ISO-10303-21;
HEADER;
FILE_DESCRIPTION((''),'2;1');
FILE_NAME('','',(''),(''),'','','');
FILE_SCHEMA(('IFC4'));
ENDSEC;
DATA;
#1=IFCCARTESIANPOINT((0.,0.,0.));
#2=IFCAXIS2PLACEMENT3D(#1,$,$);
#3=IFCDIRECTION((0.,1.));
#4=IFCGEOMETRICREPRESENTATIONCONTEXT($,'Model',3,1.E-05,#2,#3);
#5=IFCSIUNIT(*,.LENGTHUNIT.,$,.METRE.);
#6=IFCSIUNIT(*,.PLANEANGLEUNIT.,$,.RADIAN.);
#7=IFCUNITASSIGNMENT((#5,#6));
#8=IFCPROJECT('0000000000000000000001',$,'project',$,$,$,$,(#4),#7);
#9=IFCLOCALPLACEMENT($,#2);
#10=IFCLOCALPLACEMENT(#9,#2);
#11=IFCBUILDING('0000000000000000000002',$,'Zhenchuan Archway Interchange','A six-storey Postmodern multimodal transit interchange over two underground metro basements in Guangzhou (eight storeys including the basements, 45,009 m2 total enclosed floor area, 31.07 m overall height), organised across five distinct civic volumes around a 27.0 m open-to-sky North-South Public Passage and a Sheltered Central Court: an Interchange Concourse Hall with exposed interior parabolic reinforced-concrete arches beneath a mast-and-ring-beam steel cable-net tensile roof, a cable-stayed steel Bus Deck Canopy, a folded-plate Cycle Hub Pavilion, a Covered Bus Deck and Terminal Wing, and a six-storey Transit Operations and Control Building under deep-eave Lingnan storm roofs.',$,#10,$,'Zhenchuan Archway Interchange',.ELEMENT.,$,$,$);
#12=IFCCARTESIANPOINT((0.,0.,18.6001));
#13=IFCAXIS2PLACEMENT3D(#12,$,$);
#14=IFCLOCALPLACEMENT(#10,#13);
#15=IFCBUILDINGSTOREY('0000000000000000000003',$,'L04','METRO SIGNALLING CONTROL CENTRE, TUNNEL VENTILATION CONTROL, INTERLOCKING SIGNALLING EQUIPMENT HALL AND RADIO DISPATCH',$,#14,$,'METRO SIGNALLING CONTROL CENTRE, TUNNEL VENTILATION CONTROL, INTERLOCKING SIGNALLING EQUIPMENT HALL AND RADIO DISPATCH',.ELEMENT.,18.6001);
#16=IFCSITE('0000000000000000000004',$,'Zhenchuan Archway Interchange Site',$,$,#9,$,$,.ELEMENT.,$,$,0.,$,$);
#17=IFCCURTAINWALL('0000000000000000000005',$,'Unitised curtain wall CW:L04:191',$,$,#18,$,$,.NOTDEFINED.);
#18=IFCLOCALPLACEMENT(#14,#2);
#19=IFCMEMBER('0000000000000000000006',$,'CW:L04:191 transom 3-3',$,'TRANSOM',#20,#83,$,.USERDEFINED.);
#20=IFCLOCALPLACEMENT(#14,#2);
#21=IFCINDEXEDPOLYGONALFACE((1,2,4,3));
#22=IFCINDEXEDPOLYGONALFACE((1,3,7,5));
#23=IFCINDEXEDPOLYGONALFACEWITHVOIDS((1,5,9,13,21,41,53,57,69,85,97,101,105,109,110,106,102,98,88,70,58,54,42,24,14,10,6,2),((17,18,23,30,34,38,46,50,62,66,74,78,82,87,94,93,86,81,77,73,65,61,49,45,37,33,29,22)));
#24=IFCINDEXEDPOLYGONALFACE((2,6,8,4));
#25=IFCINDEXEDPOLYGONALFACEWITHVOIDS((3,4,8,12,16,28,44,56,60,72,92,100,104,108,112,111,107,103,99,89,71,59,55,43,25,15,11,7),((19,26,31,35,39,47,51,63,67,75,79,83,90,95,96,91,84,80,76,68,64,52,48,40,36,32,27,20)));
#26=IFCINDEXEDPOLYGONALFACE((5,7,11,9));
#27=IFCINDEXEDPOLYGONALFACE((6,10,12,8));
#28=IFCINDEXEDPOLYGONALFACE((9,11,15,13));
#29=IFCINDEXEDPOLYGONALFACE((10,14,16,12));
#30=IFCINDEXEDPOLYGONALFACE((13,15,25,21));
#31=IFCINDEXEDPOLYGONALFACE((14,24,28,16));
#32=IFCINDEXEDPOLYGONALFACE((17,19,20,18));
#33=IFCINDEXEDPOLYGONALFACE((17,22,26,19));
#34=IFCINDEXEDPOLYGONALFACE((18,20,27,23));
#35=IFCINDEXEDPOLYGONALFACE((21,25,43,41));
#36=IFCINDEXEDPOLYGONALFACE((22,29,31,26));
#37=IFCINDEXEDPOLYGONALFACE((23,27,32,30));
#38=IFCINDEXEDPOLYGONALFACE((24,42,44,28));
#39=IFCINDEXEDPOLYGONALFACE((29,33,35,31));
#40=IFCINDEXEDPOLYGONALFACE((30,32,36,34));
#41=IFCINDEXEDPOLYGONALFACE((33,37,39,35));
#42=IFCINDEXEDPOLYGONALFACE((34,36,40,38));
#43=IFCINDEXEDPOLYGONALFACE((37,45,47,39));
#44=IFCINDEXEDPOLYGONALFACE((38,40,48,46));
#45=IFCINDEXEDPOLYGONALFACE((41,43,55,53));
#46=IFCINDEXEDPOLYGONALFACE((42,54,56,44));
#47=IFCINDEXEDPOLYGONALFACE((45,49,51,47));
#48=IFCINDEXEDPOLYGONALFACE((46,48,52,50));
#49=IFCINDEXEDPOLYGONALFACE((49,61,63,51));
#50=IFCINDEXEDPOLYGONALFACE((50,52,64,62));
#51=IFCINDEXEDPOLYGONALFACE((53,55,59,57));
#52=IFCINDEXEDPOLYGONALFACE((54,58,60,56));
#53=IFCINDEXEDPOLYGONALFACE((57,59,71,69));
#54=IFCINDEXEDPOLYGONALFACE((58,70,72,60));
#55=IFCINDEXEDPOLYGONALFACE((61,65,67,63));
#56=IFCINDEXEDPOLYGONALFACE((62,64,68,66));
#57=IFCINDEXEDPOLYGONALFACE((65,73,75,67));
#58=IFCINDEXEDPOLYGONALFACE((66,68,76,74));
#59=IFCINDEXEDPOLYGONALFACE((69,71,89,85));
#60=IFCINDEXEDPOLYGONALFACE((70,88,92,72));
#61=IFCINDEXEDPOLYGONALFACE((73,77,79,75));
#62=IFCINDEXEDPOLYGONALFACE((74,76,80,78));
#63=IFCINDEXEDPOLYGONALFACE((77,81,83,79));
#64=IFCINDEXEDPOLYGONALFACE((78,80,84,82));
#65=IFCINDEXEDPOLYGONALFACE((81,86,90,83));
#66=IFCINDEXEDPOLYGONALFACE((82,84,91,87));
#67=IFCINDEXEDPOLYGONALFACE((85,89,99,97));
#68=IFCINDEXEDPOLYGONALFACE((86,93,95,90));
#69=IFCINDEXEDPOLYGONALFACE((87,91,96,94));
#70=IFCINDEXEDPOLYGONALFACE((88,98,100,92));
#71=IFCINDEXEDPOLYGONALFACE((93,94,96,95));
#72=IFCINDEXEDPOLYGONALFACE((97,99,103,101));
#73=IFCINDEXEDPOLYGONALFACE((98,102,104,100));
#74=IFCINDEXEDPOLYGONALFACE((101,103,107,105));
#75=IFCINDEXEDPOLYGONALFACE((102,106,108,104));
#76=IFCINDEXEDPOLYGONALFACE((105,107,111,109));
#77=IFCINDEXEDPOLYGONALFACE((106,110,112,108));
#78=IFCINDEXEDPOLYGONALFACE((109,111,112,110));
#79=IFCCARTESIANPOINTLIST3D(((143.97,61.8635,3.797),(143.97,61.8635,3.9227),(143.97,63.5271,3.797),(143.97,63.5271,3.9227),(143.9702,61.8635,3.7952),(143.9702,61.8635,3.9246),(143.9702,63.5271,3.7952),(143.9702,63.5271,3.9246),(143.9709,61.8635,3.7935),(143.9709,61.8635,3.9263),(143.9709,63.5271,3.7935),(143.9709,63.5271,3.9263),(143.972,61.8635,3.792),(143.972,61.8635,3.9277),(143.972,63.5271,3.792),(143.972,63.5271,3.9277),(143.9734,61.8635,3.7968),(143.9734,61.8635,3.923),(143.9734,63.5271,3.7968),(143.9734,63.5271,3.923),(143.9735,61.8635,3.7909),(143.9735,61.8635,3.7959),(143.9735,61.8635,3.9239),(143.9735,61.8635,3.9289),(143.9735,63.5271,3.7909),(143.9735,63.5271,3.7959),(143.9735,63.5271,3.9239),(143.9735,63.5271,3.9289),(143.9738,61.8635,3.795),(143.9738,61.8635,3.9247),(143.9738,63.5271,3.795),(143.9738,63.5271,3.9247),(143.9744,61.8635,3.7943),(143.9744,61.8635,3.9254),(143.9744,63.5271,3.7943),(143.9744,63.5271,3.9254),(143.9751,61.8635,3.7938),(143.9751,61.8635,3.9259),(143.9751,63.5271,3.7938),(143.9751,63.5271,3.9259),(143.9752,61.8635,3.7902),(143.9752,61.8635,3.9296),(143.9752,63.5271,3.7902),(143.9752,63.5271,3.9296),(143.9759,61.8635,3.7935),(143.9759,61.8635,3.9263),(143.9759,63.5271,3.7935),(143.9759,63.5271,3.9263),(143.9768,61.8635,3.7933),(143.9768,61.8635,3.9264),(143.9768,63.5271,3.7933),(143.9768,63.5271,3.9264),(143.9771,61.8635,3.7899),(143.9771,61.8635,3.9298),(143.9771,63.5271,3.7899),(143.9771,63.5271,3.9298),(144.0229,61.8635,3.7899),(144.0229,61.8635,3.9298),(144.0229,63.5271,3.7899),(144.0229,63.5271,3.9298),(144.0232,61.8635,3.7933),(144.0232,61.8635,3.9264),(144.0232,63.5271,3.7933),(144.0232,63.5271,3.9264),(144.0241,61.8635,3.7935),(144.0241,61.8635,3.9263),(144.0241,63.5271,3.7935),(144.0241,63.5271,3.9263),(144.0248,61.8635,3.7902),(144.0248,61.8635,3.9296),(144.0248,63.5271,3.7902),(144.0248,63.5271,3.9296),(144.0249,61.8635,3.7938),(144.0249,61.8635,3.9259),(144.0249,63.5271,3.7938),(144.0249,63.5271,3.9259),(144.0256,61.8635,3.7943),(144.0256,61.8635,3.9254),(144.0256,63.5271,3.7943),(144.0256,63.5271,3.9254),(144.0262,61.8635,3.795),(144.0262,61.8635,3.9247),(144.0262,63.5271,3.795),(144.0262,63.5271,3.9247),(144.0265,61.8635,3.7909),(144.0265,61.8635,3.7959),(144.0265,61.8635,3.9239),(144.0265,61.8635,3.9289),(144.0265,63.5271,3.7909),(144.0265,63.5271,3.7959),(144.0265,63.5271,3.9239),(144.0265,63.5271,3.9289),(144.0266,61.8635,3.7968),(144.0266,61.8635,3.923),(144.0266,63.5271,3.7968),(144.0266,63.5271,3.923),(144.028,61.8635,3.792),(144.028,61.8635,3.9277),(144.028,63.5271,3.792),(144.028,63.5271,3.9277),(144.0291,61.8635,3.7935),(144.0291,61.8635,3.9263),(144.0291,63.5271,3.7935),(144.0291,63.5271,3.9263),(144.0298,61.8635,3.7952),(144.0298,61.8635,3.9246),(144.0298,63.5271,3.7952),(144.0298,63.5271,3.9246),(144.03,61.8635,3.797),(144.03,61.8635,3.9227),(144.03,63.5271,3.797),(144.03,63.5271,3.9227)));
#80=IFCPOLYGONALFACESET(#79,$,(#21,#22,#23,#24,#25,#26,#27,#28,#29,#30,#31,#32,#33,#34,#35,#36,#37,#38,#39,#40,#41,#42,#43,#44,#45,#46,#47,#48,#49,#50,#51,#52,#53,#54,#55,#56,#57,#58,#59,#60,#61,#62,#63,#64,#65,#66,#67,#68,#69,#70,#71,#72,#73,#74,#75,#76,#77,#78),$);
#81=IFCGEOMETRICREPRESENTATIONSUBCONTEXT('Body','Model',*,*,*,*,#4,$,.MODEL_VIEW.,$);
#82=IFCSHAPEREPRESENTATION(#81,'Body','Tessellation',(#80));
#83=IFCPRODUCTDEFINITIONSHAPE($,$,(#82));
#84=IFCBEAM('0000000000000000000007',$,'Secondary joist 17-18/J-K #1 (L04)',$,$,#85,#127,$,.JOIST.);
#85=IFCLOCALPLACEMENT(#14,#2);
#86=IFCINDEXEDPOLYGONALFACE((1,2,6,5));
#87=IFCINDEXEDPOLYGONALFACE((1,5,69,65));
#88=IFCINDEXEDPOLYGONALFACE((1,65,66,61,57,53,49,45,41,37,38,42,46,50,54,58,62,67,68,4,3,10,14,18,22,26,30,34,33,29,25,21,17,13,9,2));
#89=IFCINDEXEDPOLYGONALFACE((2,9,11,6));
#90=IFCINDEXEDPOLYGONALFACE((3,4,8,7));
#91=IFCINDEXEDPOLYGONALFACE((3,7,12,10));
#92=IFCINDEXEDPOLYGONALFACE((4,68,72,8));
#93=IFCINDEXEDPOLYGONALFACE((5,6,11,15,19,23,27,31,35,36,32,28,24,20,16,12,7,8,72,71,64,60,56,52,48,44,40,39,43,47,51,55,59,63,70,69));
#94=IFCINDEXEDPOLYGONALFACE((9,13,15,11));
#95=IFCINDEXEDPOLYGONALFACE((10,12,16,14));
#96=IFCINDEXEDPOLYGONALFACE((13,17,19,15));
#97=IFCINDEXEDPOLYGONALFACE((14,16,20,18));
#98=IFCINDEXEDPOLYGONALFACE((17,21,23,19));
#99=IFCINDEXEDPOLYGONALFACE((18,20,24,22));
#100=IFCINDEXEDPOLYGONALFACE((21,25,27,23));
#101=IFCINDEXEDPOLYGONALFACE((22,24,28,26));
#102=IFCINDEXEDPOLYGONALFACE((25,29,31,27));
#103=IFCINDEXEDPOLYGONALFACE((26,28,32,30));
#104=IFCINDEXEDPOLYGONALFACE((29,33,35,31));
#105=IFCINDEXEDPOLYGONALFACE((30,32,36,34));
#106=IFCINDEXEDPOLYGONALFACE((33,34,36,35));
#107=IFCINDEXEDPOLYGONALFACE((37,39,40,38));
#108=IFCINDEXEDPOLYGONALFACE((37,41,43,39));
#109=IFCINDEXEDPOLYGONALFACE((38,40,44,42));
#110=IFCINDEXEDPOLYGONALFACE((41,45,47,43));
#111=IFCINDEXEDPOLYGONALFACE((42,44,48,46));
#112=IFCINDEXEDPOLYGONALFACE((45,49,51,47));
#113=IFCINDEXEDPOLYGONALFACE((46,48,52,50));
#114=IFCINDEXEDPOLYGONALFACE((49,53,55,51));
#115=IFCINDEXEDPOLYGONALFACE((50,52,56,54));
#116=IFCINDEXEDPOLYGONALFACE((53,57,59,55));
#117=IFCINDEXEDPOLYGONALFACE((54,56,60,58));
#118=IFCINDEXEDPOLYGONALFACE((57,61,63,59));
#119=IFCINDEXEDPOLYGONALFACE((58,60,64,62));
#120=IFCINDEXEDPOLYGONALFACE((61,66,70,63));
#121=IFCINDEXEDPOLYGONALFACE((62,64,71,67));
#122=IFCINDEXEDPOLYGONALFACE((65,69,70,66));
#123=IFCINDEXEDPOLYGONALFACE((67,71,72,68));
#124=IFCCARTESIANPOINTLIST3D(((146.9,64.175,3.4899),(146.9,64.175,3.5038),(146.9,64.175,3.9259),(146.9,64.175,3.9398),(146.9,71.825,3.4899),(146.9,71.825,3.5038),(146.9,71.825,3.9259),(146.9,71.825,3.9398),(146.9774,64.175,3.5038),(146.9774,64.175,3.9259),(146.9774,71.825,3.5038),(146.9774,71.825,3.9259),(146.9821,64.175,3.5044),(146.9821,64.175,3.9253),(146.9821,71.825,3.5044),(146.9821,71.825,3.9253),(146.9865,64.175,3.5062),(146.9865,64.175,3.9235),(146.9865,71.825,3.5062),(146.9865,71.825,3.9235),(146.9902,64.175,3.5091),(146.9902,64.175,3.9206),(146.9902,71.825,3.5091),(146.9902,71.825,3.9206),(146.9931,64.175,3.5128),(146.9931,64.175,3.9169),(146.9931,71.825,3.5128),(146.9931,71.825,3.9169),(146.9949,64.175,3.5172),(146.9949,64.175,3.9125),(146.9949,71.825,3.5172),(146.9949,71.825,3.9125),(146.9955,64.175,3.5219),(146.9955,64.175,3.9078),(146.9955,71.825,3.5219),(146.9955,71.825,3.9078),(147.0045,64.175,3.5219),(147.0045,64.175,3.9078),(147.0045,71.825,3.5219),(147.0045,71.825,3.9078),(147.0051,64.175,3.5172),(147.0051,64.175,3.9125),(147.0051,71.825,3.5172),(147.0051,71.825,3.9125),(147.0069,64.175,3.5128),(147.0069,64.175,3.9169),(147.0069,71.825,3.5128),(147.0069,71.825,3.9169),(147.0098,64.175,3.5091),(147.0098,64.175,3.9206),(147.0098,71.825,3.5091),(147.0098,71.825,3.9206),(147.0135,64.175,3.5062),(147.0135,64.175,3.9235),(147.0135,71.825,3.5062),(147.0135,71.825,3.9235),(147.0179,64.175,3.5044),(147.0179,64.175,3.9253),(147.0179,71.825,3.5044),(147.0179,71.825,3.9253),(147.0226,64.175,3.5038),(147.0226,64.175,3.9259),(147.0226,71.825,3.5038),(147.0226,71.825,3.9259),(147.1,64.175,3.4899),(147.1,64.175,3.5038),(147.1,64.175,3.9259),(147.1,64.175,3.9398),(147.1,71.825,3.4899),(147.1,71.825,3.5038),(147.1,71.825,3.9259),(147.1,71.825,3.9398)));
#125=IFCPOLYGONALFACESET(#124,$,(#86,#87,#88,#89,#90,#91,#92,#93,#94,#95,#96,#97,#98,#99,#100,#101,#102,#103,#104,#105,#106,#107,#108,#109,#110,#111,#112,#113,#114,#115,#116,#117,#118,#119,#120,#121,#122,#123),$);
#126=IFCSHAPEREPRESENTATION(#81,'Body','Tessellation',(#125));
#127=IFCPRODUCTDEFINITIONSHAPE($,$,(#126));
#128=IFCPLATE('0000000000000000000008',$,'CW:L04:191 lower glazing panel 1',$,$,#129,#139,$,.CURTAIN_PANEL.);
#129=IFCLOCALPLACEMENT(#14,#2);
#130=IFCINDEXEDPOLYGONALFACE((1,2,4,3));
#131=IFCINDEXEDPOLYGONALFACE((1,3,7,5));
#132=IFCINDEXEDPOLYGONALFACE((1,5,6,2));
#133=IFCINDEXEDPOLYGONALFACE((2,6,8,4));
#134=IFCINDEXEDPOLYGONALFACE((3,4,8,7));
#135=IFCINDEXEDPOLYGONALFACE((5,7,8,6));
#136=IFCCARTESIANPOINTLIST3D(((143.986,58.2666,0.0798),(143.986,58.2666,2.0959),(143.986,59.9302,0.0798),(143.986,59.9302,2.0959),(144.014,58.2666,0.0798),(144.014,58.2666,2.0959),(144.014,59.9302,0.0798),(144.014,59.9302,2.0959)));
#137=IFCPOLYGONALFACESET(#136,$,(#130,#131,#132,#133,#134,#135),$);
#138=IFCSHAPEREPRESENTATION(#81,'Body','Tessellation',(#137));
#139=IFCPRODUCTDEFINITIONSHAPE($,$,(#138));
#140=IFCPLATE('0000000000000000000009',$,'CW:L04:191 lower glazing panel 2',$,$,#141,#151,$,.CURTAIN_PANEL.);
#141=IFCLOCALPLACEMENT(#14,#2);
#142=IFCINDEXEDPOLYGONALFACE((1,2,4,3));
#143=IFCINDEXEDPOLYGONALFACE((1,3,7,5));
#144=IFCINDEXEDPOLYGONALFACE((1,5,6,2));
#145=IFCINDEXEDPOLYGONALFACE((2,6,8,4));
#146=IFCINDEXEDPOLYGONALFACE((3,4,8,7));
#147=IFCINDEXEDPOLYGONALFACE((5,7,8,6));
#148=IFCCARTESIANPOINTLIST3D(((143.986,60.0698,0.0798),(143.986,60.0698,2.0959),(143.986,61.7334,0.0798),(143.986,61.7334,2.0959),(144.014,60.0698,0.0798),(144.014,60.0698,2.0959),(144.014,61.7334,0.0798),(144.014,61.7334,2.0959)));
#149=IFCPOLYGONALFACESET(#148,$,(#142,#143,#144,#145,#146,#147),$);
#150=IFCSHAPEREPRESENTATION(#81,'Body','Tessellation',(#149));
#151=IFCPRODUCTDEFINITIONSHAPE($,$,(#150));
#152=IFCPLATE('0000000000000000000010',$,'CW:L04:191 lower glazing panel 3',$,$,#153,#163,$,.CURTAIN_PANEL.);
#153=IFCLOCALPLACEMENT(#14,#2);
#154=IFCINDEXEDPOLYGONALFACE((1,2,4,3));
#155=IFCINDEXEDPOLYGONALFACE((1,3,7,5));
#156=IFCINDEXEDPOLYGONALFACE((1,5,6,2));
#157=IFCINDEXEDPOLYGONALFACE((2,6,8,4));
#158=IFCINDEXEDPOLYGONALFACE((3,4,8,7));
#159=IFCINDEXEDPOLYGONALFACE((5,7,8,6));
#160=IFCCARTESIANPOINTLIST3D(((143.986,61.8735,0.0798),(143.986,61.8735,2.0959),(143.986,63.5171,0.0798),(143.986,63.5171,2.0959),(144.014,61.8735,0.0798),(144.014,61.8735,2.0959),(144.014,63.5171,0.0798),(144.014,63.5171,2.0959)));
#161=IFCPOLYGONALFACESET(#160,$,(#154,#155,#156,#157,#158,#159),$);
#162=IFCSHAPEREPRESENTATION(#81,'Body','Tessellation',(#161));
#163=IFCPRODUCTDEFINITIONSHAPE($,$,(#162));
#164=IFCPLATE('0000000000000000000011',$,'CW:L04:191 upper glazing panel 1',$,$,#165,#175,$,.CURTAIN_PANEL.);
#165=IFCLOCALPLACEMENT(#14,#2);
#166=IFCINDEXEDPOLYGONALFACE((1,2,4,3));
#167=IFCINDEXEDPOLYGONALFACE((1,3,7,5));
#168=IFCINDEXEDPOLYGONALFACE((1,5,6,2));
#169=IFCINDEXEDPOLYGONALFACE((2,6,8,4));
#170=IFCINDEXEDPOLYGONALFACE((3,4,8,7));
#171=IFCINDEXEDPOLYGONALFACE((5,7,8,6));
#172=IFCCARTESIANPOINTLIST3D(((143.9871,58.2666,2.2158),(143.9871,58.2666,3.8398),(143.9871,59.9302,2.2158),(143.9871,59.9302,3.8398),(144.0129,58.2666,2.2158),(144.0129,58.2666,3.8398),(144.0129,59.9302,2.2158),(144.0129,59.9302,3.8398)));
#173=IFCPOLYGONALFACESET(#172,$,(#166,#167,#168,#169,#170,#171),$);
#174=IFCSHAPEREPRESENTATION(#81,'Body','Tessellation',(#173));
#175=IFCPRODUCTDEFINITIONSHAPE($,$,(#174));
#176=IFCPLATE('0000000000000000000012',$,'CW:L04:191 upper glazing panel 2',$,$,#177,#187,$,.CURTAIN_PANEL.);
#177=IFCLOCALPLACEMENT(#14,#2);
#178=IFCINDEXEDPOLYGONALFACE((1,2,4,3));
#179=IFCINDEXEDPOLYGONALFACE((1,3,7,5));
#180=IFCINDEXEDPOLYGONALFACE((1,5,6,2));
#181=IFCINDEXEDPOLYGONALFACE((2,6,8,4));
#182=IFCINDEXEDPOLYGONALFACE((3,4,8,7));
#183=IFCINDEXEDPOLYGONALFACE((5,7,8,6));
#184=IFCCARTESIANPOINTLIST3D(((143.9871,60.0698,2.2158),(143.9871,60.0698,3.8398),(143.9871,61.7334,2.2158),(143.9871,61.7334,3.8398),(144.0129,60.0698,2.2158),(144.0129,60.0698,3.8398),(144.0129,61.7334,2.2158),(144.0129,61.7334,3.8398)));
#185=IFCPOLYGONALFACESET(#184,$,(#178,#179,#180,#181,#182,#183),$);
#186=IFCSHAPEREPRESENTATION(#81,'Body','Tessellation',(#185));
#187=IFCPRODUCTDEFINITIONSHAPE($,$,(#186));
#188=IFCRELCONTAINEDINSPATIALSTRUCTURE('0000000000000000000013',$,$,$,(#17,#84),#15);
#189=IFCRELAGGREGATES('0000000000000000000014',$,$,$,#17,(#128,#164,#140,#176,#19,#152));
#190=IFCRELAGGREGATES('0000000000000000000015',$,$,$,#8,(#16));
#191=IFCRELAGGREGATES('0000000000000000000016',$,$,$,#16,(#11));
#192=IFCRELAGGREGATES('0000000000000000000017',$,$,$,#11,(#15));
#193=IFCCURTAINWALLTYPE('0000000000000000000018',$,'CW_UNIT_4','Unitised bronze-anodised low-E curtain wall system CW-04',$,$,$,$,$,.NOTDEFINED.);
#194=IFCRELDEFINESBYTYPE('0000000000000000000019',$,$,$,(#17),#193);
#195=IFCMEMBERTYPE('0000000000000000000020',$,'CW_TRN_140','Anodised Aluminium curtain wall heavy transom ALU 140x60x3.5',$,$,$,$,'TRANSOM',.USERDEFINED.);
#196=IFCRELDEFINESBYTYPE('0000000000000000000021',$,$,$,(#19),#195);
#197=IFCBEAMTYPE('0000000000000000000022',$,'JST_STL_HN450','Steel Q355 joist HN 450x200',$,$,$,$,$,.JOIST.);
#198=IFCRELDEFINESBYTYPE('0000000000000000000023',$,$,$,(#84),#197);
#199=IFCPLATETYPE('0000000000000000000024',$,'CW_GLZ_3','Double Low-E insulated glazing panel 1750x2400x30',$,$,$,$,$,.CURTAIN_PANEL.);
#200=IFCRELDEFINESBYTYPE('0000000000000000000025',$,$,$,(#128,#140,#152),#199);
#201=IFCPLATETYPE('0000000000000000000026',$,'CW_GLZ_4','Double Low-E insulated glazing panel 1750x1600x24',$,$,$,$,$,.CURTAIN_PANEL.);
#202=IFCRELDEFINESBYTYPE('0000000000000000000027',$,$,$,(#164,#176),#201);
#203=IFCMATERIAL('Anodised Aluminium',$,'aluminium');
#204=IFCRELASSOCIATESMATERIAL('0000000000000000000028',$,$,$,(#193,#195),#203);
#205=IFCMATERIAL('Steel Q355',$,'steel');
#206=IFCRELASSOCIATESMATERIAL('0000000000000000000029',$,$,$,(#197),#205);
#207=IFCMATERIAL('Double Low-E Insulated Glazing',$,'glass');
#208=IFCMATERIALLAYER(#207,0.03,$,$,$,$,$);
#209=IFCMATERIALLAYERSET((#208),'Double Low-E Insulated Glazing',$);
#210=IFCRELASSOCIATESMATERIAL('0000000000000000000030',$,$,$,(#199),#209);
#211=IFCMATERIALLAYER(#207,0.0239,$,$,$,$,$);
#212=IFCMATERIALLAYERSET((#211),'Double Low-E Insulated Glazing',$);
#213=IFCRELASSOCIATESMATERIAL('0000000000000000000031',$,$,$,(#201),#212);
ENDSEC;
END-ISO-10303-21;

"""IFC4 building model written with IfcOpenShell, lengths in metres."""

from ifc_helpers import new_model, si_unit, direction, frame, origin, origin_2d, place, context, subcontext, project, spatial, rectangle, hollow_rectangle, i_section, extrude, material, layer, layer_set, material_profile, profile_set, type_object, element, aggregate, save


model = new_model("IFC4")

# Units and contexts
model_context = context("Model", 3, precision=1e-05, world=origin(), true_north=direction((0.0, 1.0)))
body_context = subcontext(model_context, "Body", "Model", "MODEL_VIEW")
ifc_project = project(units=[si_unit("LENGTHUNIT", "METRE"), si_unit("PLANEANGLEUNIT", "RADIAN")], contexts=[model_context])

# Site, building, storey
site_placement = place(None, origin())
site = spatial("IfcSite", under=ifc_project, at=site_placement, Name="Zhenchuan Archway Interchange Site", CompositionType="ELEMENT", RefElevation=0.0)
building_placement = place(site_placement, origin())
building = spatial("IfcBuilding", under=site, at=building_placement, Name="Zhenchuan Archway Interchange", Description="A six-storey Postmodern multimodal transit interchange over two underground metro basements in Guangzhou (eight storeys including the basements, 45,009 m2 total enclosed floor area, 31.07 m overall height), organised across five distinct civic volumes around a 27.0 m open-to-sky North-South Public Passage and a Sheltered Central Court: an Interchange Concourse Hall with exposed interior parabolic reinforced-concrete arches beneath a mast-and-ring-beam steel cable-net tensile roof, a cable-stayed steel Bus Deck Canopy, a folded-plate Cycle Hub Pavilion, a Covered Bus Deck and Terminal Wing, and a six-storey Transit Operations and Control Building under deep-eave Lingnan storm roofs.", LongName="Zhenchuan Archway Interchange", CompositionType="ELEMENT")
storey_placement = place(building_placement, frame((0.0, 0.0, 18.6001)))
storey = spatial("IfcBuildingStorey", under=building, at=storey_placement, Name="L04", Description="METRO SIGNALLING CONTROL CENTRE, TUNNEL VENTILATION CONTROL, INTERLOCKING SIGNALLING EQUIPMENT HALL AND RADIO DISPATCH", LongName="METRO SIGNALLING CONTROL CENTRE, TUNNEL VENTILATION CONTROL, INTERLOCKING SIGNALLING EQUIPMENT HALL AND RADIO DISPATCH", CompositionType="ELEMENT", Elevation=18.6001)

# Curtain wall, member
ifc_material_1 = material(Name="Anodised Aluminium", Category="aluminium")
curtain_wall_type = type_object("IfcCurtainWallType", Name="CW_UNIT_4", Description="Unitised bronze-anodised low-E curtain wall system CW-04", PredefinedType="NOTDEFINED", material=ifc_material_1)
curtain_wall_placement = place(storey_placement, origin())
curtain_wall = element("IfcCurtainWall", 1, at=curtain_wall_placement, inside=storey, type_object=curtain_wall_type, Name="Unitised curtain wall CW:L04:191", PredefinedType="NOTDEFINED")
ifc_material_profile_1 = material_profile(ifc_material_1, hollow_rectangle(XDim=0.0601, YDim=0.1399, WallThickness=0.0034, InnerFilletRadius=0.0034, OuterFilletRadius=0.0071, at=origin_2d()), Name="ALU 140x60x3.5")
ifc_profile_set_1 = profile_set([ifc_material_profile_1], Name="Anodised Aluminium")
member_type_1 = type_object("IfcMemberType", Name="CW_TRN_140", Description="Anodised Aluminium curtain wall heavy transom ALU 140x60x3.5", ElementType="TRANSOM", PredefinedType="USERDEFINED", material=ifc_profile_set_1)
member_1_placement = place(storey_placement, frame((144.0, 61.8635, 3.8599), z_axis=(0.0, 1.0, 0.0), x_axis=(-1.0, 0.0, 0.0)))
member_1 = element("IfcMember", 2, at=member_1_placement, type_object=member_type_1, Name="CW:L04:191 transom 3-3", ObjectType="TRANSOM", PredefinedType="USERDEFINED", context=body_context, shape_type="SweptSolid", body=[
    extrude(hollow_rectangle(XDim=0.0601, YDim=0.1399, WallThickness=0.0034, InnerFilletRadius=0.0034, OuterFilletRadius=0.0071, at=origin_2d()), origin(), (0.0, 0.0, 1.0), 1.6636),
])

# Beam
ifc_material_2 = material(Name="Steel Q355", Category="steel")
ifc_material_profile_2 = material_profile(ifc_material_2, i_section(OverallWidth=0.2, OverallDepth=0.45, WebThickness=0.009, FlangeThickness=0.0139, FilletRadius=0.0181, at=origin_2d()), Name="HN 450x200")
ifc_profile_set_2 = profile_set([ifc_material_profile_2], Name="Steel Q355")
beam_type_1 = type_object("IfcBeamType", Name="JST_STL_HN450", Description="Steel Q355 joist HN 450x200", PredefinedType="JOIST", material=ifc_profile_set_2)
beam_1_placement = place(storey_placement, frame((147.0, 64.175, 3.7148), z_axis=(0.0, 1.0, 0.0), x_axis=(-1.0, 0.0, 0.0)))
element("IfcBeam", 3, at=beam_1_placement, inside=storey, type_object=beam_type_1, Name="Secondary joist 17-18/J-K #1 (L04)", PredefinedType="JOIST", context=body_context, shape_type="SweptSolid", body=[
    extrude(i_section(OverallWidth=0.2, OverallDepth=0.45, WebThickness=0.009, FlangeThickness=0.0139, FilletRadius=0.0181, at=origin_2d()), origin(), (0.0, 0.0, 1.0), 7.6499),
])

# Plates
ifc_material_3 = material(Name="Double Low-E Insulated Glazing", Category="glass")
ifc_layer_1 = layer(ifc_material_3, 0.03)
ifc_layer_set_1 = layer_set([ifc_layer_1], Name="Double Low-E Insulated Glazing")
plate_type_1 = type_object("IfcPlateType", Name="CW_GLZ_3", Description="Double Low-E insulated glazing panel 1750x2400x30", PredefinedType="CURTAIN_PANEL", material=ifc_layer_set_1)
plate_1_placement = place(storey_placement, frame((144.0, 59.0984, 0.0798), z_axis=(0.0, 0.0, 1.0), x_axis=(0.0, 1.0, 0.0)))
plate_1 = element("IfcPlate", 4, at=plate_1_placement, type_object=plate_type_1, Name="CW:L04:191 lower glazing panel 1", PredefinedType="CURTAIN_PANEL", context=body_context, shape_type="SweptSolid", body=[
    extrude(rectangle(XDim=1.6636, YDim=0.0281, at=origin_2d()), origin(), (0.0, 0.0, 1.0), 2.0161),
])
plate_2_placement = place(storey_placement, frame((144.0, 60.9016, 0.0798), z_axis=(0.0, 0.0, 1.0), x_axis=(0.0, 1.0, 0.0)))
plate_2 = element("IfcPlate", 5, at=plate_2_placement, type_object=plate_type_1, Name="CW:L04:191 lower glazing panel 2", PredefinedType="CURTAIN_PANEL", context=body_context, shape_type="SweptSolid", body=[
    extrude(rectangle(XDim=1.6636, YDim=0.0281, at=origin_2d()), origin(), (0.0, 0.0, 1.0), 2.0161),
])
plate_3_placement = place(storey_placement, frame((144.0, 62.6953, 0.0798), z_axis=(0.0, 0.0, 1.0), x_axis=(0.0, 1.0, 0.0)))
plate_3 = element("IfcPlate", 6, at=plate_3_placement, type_object=plate_type_1, Name="CW:L04:191 lower glazing panel 3", PredefinedType="CURTAIN_PANEL", context=body_context, shape_type="SweptSolid", body=[
    extrude(rectangle(XDim=1.6436, YDim=0.0281, at=origin_2d()), origin(), (0.0, 0.0, 1.0), 2.0161),
])
ifc_layer_2 = layer(ifc_material_3, 0.0239)
ifc_layer_set_2 = layer_set([ifc_layer_2], Name="Double Low-E Insulated Glazing")
plate_type_2 = type_object("IfcPlateType", Name="CW_GLZ_4", Description="Double Low-E insulated glazing panel 1750x1600x24", PredefinedType="CURTAIN_PANEL", material=ifc_layer_set_2)
plate_4_placement = place(storey_placement, frame((144.0, 59.0984, 2.2158), z_axis=(0.0, 0.0, 1.0), x_axis=(0.0, 1.0, 0.0)))
plate_4 = element("IfcPlate", 7, at=plate_4_placement, type_object=plate_type_2, Name="CW:L04:191 upper glazing panel 1", PredefinedType="CURTAIN_PANEL", context=body_context, shape_type="SweptSolid", body=[
    extrude(rectangle(XDim=1.6636, YDim=0.0259, at=origin_2d()), origin(), (0.0, 0.0, 1.0), 1.624),
])
plate_5_placement = place(storey_placement, frame((144.0, 60.9016, 2.2158), z_axis=(0.0, 0.0, 1.0), x_axis=(0.0, 1.0, 0.0)))
plate_5 = element("IfcPlate", 8, at=plate_5_placement, type_object=plate_type_2, Name="CW:L04:191 upper glazing panel 2", PredefinedType="CURTAIN_PANEL", context=body_context, shape_type="SweptSolid", body=[
    extrude(rectangle(XDim=1.6636, YDim=0.0259, at=origin_2d()), origin(), (0.0, 0.0, 1.0), 1.624),
])
aggregate(curtain_wall, [plate_1, plate_4, plate_2, plate_5, member_1, plate_3])

save(model, "model.ifc")
